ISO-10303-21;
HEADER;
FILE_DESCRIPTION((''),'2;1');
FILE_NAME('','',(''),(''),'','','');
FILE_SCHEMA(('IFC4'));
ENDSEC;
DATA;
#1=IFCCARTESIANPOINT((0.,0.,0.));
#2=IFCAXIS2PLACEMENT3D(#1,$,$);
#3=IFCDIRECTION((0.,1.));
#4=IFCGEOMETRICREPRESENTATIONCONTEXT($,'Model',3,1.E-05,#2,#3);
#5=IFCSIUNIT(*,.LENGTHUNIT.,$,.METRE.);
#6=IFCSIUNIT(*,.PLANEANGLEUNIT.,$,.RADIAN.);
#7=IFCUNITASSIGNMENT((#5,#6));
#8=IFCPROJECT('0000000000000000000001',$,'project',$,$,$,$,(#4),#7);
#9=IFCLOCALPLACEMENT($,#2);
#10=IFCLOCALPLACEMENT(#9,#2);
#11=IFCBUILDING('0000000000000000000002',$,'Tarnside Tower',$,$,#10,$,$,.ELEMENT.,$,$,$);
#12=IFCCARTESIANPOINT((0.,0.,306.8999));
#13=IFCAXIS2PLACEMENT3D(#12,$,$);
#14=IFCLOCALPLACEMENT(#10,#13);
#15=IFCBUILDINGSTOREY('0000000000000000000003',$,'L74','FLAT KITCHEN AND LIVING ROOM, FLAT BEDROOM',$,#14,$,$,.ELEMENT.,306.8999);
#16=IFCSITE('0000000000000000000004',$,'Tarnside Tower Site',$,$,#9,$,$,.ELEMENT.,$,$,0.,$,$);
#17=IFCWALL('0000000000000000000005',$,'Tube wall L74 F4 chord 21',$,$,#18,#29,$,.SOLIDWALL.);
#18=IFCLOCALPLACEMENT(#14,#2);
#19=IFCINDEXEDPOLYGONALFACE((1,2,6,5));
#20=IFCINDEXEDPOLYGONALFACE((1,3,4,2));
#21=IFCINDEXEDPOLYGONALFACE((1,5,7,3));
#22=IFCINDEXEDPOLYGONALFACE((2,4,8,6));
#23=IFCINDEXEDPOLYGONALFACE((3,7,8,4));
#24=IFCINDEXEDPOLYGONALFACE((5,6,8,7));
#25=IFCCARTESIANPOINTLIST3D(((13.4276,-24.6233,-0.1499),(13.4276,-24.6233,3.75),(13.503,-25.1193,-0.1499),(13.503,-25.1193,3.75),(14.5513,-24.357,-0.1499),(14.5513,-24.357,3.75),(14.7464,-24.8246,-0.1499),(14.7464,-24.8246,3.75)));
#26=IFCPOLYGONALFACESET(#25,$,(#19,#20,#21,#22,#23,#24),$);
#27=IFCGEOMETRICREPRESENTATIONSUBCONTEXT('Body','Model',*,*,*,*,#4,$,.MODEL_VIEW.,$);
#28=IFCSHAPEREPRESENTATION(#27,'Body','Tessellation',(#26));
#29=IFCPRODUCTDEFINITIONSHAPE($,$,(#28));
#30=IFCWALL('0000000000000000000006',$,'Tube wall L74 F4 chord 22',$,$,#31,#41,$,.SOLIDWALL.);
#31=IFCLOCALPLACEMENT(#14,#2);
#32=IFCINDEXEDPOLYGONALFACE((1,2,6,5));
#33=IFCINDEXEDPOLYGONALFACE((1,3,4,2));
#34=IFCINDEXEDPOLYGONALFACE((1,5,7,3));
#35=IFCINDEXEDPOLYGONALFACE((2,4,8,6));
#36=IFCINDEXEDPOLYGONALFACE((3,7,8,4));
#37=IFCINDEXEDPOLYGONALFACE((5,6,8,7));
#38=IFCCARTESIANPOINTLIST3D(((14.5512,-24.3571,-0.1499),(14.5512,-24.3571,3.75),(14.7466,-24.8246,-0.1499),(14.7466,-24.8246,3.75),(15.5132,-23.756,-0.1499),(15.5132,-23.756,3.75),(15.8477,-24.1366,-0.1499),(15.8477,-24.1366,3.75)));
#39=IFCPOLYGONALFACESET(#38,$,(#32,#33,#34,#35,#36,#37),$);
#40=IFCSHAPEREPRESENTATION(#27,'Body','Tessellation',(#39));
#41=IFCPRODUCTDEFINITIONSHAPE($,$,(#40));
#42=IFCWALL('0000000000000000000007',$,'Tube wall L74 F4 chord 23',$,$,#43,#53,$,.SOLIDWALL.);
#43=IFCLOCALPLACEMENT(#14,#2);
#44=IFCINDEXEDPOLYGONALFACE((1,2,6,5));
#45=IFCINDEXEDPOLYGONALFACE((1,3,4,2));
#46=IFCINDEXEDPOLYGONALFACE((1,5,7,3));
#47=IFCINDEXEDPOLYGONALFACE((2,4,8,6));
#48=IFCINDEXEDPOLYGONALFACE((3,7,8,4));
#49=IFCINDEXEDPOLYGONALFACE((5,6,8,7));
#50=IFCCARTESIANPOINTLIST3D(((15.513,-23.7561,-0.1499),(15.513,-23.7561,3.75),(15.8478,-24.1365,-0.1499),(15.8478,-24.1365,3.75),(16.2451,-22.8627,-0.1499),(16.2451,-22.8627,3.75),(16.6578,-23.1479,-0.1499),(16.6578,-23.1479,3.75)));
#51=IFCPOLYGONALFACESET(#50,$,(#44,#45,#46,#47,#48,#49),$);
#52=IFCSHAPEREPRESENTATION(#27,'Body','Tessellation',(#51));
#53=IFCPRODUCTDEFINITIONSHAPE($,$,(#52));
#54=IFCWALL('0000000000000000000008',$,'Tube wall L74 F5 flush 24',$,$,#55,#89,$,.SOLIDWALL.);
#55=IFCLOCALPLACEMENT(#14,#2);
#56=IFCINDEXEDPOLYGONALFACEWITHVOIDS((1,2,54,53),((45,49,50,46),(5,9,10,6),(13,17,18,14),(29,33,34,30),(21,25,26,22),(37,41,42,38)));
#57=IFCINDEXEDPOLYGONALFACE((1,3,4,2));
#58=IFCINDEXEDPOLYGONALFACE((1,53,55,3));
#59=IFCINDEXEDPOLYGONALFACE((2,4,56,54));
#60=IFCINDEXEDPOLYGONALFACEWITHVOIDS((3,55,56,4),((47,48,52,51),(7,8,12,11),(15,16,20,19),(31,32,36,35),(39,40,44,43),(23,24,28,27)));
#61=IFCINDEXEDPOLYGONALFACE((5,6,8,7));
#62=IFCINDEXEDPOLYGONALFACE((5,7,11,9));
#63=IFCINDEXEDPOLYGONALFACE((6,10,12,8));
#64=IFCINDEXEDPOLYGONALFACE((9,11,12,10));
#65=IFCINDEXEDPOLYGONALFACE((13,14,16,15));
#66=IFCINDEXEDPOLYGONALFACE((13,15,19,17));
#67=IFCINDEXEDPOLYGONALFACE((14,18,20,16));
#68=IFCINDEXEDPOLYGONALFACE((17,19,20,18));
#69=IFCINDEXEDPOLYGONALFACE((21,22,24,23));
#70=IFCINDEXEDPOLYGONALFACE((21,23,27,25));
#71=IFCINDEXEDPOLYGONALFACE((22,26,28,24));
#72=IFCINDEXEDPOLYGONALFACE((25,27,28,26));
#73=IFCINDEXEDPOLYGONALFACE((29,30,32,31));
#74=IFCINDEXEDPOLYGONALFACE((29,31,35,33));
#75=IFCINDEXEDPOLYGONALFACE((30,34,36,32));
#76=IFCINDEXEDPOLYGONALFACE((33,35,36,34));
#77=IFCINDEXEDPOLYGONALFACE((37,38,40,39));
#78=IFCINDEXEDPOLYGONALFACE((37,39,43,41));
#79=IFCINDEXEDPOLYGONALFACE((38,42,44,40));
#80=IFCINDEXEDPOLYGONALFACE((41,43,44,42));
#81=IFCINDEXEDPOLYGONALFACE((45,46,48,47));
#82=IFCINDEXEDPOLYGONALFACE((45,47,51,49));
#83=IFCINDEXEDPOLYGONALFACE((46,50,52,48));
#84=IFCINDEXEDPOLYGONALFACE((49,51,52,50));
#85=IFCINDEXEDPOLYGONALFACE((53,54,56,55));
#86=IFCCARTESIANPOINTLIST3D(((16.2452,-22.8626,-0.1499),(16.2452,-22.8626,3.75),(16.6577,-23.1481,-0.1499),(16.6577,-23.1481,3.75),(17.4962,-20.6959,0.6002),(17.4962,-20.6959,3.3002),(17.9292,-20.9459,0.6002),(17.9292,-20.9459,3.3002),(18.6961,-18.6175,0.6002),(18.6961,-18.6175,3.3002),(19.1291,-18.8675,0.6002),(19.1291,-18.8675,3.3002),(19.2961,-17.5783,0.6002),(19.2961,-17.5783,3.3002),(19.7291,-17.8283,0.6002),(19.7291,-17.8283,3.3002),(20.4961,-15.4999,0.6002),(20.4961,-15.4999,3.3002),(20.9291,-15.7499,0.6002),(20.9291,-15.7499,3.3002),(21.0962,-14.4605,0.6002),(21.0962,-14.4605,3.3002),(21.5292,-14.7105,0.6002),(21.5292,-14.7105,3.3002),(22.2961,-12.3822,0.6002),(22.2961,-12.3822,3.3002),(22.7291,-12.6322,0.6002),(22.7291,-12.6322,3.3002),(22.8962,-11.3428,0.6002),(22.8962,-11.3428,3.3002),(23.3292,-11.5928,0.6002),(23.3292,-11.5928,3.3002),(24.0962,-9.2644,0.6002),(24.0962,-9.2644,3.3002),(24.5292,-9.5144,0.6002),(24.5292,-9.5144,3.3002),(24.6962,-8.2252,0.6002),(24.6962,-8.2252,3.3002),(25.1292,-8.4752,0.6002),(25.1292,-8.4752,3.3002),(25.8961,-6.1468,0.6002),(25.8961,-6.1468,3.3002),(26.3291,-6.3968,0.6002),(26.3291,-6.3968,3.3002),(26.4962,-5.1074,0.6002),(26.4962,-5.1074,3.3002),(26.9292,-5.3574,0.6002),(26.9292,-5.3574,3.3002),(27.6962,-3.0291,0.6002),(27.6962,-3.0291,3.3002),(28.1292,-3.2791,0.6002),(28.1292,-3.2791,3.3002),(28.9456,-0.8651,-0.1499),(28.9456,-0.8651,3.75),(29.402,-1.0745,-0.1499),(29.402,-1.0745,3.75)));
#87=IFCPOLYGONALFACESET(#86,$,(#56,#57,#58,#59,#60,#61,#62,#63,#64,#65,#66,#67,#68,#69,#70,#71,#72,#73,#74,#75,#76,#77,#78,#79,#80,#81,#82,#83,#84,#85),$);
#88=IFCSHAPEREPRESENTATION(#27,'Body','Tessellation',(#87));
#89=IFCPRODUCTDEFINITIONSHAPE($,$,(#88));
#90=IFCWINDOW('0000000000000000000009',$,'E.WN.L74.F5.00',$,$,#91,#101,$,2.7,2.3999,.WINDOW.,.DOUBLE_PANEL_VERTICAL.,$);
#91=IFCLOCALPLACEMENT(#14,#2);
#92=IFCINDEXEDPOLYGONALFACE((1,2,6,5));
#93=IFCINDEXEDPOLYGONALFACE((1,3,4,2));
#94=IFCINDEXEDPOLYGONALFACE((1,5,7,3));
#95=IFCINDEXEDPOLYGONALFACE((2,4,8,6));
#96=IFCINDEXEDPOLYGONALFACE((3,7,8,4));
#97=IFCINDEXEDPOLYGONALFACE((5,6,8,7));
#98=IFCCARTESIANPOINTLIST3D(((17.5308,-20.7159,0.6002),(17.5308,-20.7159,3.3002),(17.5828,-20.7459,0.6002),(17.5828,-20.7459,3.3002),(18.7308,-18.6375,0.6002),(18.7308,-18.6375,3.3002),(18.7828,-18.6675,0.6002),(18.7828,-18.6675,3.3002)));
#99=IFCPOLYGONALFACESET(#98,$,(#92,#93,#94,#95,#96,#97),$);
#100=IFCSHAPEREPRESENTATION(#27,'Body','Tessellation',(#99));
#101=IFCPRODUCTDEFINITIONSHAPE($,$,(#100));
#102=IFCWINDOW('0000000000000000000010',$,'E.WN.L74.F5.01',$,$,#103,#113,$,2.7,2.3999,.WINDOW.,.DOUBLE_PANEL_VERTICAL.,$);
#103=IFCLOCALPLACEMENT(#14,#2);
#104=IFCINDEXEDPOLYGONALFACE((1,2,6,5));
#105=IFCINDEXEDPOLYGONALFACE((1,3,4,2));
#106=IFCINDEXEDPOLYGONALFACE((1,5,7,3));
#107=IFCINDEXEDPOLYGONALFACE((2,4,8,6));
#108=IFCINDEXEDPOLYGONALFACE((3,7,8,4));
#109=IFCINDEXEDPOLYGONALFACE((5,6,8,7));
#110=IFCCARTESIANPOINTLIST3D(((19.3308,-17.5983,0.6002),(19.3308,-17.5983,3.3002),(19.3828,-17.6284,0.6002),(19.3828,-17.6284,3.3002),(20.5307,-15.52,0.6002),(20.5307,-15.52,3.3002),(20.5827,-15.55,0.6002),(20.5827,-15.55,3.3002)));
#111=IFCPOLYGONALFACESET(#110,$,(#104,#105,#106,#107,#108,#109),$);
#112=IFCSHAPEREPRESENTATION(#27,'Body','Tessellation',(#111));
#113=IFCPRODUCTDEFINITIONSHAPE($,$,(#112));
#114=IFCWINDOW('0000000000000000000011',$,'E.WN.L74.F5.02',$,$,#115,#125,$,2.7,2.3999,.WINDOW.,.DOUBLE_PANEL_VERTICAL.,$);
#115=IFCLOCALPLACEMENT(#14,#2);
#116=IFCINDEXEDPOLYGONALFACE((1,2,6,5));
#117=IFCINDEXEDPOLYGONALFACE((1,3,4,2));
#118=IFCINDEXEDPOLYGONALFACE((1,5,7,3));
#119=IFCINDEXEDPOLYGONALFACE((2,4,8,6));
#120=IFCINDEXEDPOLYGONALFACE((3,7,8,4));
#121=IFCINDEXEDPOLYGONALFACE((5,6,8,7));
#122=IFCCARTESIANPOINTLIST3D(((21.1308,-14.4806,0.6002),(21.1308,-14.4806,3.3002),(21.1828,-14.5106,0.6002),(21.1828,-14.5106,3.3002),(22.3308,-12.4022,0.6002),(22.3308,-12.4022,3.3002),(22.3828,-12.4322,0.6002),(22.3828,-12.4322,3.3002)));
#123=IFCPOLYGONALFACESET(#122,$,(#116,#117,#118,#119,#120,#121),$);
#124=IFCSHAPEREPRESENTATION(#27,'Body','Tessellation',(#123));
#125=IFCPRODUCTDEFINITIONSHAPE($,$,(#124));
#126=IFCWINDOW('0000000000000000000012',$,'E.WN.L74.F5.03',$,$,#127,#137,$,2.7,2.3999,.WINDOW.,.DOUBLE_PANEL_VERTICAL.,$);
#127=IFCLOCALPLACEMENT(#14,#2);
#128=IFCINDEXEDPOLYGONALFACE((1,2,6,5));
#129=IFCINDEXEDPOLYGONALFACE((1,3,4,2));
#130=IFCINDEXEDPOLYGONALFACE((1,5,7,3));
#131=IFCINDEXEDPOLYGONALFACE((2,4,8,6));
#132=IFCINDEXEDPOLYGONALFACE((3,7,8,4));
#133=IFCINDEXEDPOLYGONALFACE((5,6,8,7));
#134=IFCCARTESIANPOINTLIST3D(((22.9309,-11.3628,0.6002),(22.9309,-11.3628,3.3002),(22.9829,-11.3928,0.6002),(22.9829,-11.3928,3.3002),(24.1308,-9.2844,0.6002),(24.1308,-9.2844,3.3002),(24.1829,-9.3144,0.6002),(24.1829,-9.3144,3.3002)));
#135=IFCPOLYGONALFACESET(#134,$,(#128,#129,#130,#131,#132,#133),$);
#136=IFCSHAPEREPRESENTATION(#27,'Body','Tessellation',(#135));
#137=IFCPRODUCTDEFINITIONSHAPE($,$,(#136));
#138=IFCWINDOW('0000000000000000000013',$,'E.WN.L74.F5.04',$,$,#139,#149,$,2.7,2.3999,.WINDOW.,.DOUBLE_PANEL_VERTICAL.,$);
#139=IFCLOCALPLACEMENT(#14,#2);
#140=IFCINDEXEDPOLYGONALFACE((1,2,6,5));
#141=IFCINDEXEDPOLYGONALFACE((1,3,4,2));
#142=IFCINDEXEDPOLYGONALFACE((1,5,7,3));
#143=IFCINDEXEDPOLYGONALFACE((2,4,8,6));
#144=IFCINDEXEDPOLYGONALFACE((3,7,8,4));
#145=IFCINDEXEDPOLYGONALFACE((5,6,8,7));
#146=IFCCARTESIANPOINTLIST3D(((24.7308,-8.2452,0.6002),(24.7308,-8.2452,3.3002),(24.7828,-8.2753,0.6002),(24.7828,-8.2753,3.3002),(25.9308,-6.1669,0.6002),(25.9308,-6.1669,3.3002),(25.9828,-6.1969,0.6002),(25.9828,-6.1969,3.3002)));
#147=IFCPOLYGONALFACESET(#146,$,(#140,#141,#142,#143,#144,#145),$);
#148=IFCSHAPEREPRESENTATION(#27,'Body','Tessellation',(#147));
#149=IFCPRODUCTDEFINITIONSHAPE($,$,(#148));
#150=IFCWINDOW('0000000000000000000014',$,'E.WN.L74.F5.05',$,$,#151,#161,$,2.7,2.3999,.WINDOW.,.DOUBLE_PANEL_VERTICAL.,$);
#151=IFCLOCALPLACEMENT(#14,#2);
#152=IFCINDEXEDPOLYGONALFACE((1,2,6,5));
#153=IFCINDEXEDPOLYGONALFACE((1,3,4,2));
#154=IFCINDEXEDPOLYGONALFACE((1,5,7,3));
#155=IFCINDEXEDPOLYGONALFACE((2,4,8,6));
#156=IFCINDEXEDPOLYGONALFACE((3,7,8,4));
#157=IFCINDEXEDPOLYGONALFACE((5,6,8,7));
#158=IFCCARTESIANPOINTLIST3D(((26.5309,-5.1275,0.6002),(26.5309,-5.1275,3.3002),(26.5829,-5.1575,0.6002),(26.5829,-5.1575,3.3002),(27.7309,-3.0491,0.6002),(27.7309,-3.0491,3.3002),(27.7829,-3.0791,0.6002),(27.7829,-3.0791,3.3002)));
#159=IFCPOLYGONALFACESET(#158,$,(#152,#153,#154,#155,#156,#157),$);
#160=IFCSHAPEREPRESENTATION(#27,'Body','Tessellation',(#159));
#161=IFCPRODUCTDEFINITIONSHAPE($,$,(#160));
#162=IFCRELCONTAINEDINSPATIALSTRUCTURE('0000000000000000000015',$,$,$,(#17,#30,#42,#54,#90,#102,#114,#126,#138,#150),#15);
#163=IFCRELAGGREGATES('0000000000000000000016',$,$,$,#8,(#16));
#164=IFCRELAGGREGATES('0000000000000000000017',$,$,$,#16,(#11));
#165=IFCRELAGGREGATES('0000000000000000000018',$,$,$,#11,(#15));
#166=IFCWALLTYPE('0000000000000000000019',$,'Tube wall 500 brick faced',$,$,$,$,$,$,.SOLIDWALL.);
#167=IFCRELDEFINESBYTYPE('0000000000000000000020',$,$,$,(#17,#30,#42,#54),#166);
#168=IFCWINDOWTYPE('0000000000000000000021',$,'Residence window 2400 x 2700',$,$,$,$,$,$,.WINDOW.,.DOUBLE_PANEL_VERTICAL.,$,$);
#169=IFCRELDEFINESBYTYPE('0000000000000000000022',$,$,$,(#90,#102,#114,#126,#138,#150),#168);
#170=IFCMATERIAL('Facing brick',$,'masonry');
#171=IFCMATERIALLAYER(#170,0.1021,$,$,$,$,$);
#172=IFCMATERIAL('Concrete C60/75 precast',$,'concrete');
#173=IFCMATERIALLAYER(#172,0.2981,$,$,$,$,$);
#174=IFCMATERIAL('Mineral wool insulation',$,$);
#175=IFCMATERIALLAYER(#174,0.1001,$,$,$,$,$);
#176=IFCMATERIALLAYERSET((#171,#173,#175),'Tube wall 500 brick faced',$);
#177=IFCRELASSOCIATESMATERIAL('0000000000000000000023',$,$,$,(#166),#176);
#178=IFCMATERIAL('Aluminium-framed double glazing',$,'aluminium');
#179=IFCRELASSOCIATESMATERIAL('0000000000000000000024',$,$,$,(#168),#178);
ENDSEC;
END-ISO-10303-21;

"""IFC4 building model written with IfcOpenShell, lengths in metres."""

from ifc_helpers import new_model, si_unit, direction, frame, frame_2d, origin, place, context, subcontext, project, spatial, polyline, rectangle, outline, extrude, material, layer, layer_set, type_object, element, fill, save


model = new_model("IFC4")

# Units and contexts
model_context = context("Model", 3, precision=1e-05, world=origin(), true_north=direction((0.0, 1.0)))
body_context = subcontext(model_context, "Body", "Model", "MODEL_VIEW")
ifc_project = project(units=[si_unit("LENGTHUNIT", "METRE"), si_unit("PLANEANGLEUNIT", "RADIAN")], contexts=[model_context])

# Site, building, storey
site_placement = place(None, origin())
site = spatial("IfcSite", under=ifc_project, at=site_placement, Name="Tarnside Tower Site", CompositionType="ELEMENT", RefElevation=0.0)
building_placement = place(site_placement, origin())
building = spatial("IfcBuilding", under=site, at=building_placement, Name="Tarnside Tower", CompositionType="ELEMENT")
storey_placement = place(building_placement, frame((0.0, 0.0, 306.8999)))
storey = spatial("IfcBuildingStorey", under=building, at=storey_placement, Name="L74", Description="FLAT KITCHEN AND LIVING ROOM, FLAT BEDROOM", CompositionType="ELEMENT", Elevation=306.8999)

# Walls
ifc_material_1 = material(Name="Facing brick", Category="masonry")
ifc_layer_1 = layer(ifc_material_1, 0.1021)
ifc_material_2 = material(Name="Concrete C60/75 precast", Category="concrete")
ifc_layer_2 = layer(ifc_material_2, 0.2981)
ifc_material_3 = material(Name="Mineral wool insulation")
ifc_layer_3 = layer(ifc_material_3, 0.1001)
ifc_layer_set_1 = layer_set([ifc_layer_1, ifc_layer_2, ifc_layer_3], Name="Tube wall 500 brick faced")
wall_type_1 = type_object("IfcWallType", Name="Tube wall 500 brick faced", PredefinedType="SOLIDWALL", material=ifc_layer_set_1)
wall_1_placement = place(storey_placement, frame((13.4653, -24.8713, -0.1499), z_axis=(0.0, 0.0, 1.0), x_axis=(0.973045, 0.230616, 0.0)))
element("IfcWall", 1, at=wall_1_placement, inside=storey, type_object=wall_type_1, Name="Tube wall L74 F4 chord 21", PredefinedType="SOLIDWALL", context=body_context, shape_type="SweptSolid", body=[
    extrude(outline(polyline([(-0.0205, -0.25), (1.2573, -0.25), (1.1753, 0.25), (0.0205, 0.25), (-0.0205, -0.25)])), origin(), (0.0, 0.0, 1.0), 3.8999),
])
wall_2_placement = place(storey_placement, frame((14.6489, -24.5908, -0.1499), z_axis=(0.0, 0.0, 1.0), x_axis=(0.848055, 0.529909, 0.0)))
element("IfcWall", 2, at=wall_2_placement, inside=storey, type_object=wall_type_1, Name="Tube wall L74 F4 chord 22", PredefinedType="SOLIDWALL", context=body_context, shape_type="SweptSolid", body=[
    extrude(outline(polyline([(-0.041, -0.25), (1.2573, -0.25), (1.1753, 0.25), (0.041, 0.25), (-0.041, -0.25)])), origin(), (0.0, 0.0, 1.0), 3.8999),
])
wall_3_placement = place(storey_placement, frame((15.6804, -23.9463, -0.1499), z_axis=(0.0, 0.0, 1.0), x_axis=(0.633806, 0.773492, 0.0)))
element("IfcWall", 3, at=wall_3_placement, inside=storey, type_object=wall_type_1, Name="Tube wall L74 F4 chord 23", PredefinedType="SOLIDWALL", context=body_context, shape_type="SweptSolid", body=[
    extrude(outline(polyline([(-0.041, -0.25), (1.2371, -0.25), (1.196, 0.25), (0.041, 0.25), (-0.041, -0.25)])), origin(), (0.0, 0.0, 1.0), 3.8999),
])

# Wall, openings, windows
wall_4_placement = place(storey_placement, frame((16.4514, -23.0054, -0.1499), z_axis=(0.0, 0.0, 1.0), x_axis=(0.500004, 0.866023, 0.0)))
wall_4 = element("IfcWall", 4, at=wall_4_placement, inside=storey, type_object=wall_type_1, Name="Tube wall L74 F5 flush 24", PredefinedType="SOLIDWALL", context=body_context, shape_type="SweptSolid", body=[
    extrude(outline(polyline([(-0.0205, -0.25), (25.468, -0.25), (25.4211, 0.25), (0.0205, 0.25), (-0.0205, -0.25)])), origin(), (0.0, 0.0, 1.0), 3.8999),
])
opening_1_placement = place(wall_4_placement, frame((2.5225, 0.0, 0.75)))
opening_1 = element("IfcOpeningElement", 5, at=opening_1_placement, cuts=wall_4, PredefinedType="OPENING", context=body_context, shape_type="SweptSolid", body=[
    extrude(rectangle(XDim=2.3999, YDim=2.7, at=frame_2d((1.2, 1.3501))), frame((0.0, 0.26, 0.0), z_axis=(0.0, -1.0, 0.0), x_axis=(1.0, 0.0, 0.0)), (0.0, 0.0, 1.0), 0.52),
])
opening_2_placement = place(wall_4_placement, frame((6.1223, 0.0, 0.75)))
opening_2 = element("IfcOpeningElement", 6, at=opening_2_placement, cuts=wall_4, PredefinedType="OPENING", context=body_context, shape_type="SweptSolid", body=[
    extrude(rectangle(XDim=2.3999, YDim=2.7, at=frame_2d((1.2, 1.3501))), frame((0.0, 0.26, 0.0), z_axis=(0.0, -1.0, 0.0), x_axis=(1.0, 0.0, 0.0)), (0.0, 0.0, 1.0), 0.52),
])
opening_3_placement = place(wall_4_placement, frame((9.7224, 0.0, 0.75)))
opening_3 = element("IfcOpeningElement", 7, at=opening_3_placement, cuts=wall_4, PredefinedType="OPENING", context=body_context, shape_type="SweptSolid", body=[
    extrude(rectangle(XDim=2.3999, YDim=2.7, at=frame_2d((1.2, 1.3501))), frame((0.0, 0.26, 0.0), z_axis=(0.0, -1.0, 0.0), x_axis=(1.0, 0.0, 0.0)), (0.0, 0.0, 1.0), 0.52),
])
opening_4_placement = place(wall_4_placement, frame((13.3225, 0.0, 0.75)))
opening_4 = element("IfcOpeningElement", 8, at=opening_4_placement, cuts=wall_4, PredefinedType="OPENING", context=body_context, shape_type="SweptSolid", body=[
    extrude(rectangle(XDim=2.3999, YDim=2.7, at=frame_2d((1.2, 1.3501))), frame((0.0, 0.26, 0.0), z_axis=(0.0, -1.0, 0.0), x_axis=(1.0, 0.0, 0.0)), (0.0, 0.0, 1.0), 0.52),
])
opening_5_placement = place(wall_4_placement, frame((16.9224, 0.0, 0.75)))
opening_5 = element("IfcOpeningElement", 9, at=opening_5_placement, cuts=wall_4, PredefinedType="OPENING", context=body_context, shape_type="SweptSolid", body=[
    extrude(rectangle(XDim=2.3999, YDim=2.7, at=frame_2d((1.2, 1.3501))), frame((0.0, 0.26, 0.0), z_axis=(0.0, -1.0, 0.0), x_axis=(1.0, 0.0, 0.0)), (0.0, 0.0, 1.0), 0.52),
])
opening_6_placement = place(wall_4_placement, frame((20.5225, 0.0, 0.75)))
opening_6 = element("IfcOpeningElement", 10, at=opening_6_placement, cuts=wall_4, PredefinedType="OPENING", context=body_context, shape_type="SweptSolid", body=[
    extrude(rectangle(XDim=2.3999, YDim=2.7, at=frame_2d((1.2, 1.3501))), frame((0.0, 0.26, 0.0), z_axis=(0.0, -1.0, 0.0), x_axis=(1.0, 0.0, 0.0)), (0.0, 0.0, 1.0), 0.52),
])
ifc_material_4 = material(Name="Aluminium-framed double glazing", Category="aluminium")
window_type = type_object("IfcWindowType", Name="Residence window 2400 x 2700", PartitioningType="DOUBLE_PANEL_VERTICAL", PredefinedType="WINDOW", material=ifc_material_4)
window_1_placement = place(opening_1_placement, frame((0.0, 0.1799, 0.0)))
window_1 = element("IfcWindow", 11, at=window_1_placement, inside=storey, type_object=window_type, Name="E.WN.L74.F5.00", OverallHeight=2.7, OverallWidth=2.3999, PartitioningType="DOUBLE_PANEL_VERTICAL", PredefinedType="WINDOW", context=body_context, shape_type="SweptSolid", body=[
    extrude(rectangle(XDim=2.3999, YDim=2.7, at=frame_2d((1.2, 1.3501))), frame((0.0, 0.03, 0.0), z_axis=(0.0, -1.0, 0.0), x_axis=(1.0, 0.0, 0.0)), (0.0, 0.0, 1.0), 0.0601),
])
fill(opening_1, window_1)
window_2_placement = place(opening_2_placement, frame((0.0, 0.1799, 0.0)))
window_2 = element("IfcWindow", 12, at=window_2_placement, inside=storey, type_object=window_type, Name="E.WN.L74.F5.01", OverallHeight=2.7, OverallWidth=2.3999, PartitioningType="DOUBLE_PANEL_VERTICAL", PredefinedType="WINDOW", context=body_context, shape_type="SweptSolid", body=[
    extrude(rectangle(XDim=2.3999, YDim=2.7, at=frame_2d((1.2, 1.3501))), frame((0.0, 0.03, 0.0), z_axis=(0.0, -1.0, 0.0), x_axis=(1.0, 0.0, 0.0)), (0.0, 0.0, 1.0), 0.0601),
])
fill(opening_2, window_2)
window_3_placement = place(opening_3_placement, frame((0.0, 0.1799, 0.0)))
window_3 = element("IfcWindow", 13, at=window_3_placement, inside=storey, type_object=window_type, Name="E.WN.L74.F5.02", OverallHeight=2.7, OverallWidth=2.3999, PartitioningType="DOUBLE_PANEL_VERTICAL", PredefinedType="WINDOW", context=body_context, shape_type="SweptSolid", body=[
    extrude(rectangle(XDim=2.3999, YDim=2.7, at=frame_2d((1.2, 1.3501))), frame((0.0, 0.03, 0.0), z_axis=(0.0, -1.0, 0.0), x_axis=(1.0, 0.0, 0.0)), (0.0, 0.0, 1.0), 0.0601),
])
fill(opening_3, window_3)
window_4_placement = place(opening_4_placement, frame((0.0, 0.1799, 0.0)))
window_4 = element("IfcWindow", 14, at=window_4_placement, inside=storey, type_object=window_type, Name="E.WN.L74.F5.03", OverallHeight=2.7, OverallWidth=2.3999, PartitioningType="DOUBLE_PANEL_VERTICAL", PredefinedType="WINDOW", context=body_context, shape_type="SweptSolid", body=[
    extrude(rectangle(XDim=2.3999, YDim=2.7, at=frame_2d((1.2, 1.3501))), frame((0.0, 0.03, 0.0), z_axis=(0.0, -1.0, 0.0), x_axis=(1.0, 0.0, 0.0)), (0.0, 0.0, 1.0), 0.0601),
])
fill(opening_4, window_4)
window_5_placement = place(opening_5_placement, frame((0.0, 0.1799, 0.0)))
window_5 = element("IfcWindow", 15, at=window_5_placement, inside=storey, type_object=window_type, Name="E.WN.L74.F5.04", OverallHeight=2.7, OverallWidth=2.3999, PartitioningType="DOUBLE_PANEL_VERTICAL", PredefinedType="WINDOW", context=body_context, shape_type="SweptSolid", body=[
    extrude(rectangle(XDim=2.3999, YDim=2.7, at=frame_2d((1.2, 1.3501))), frame((0.0, 0.03, 0.0), z_axis=(0.0, -1.0, 0.0), x_axis=(1.0, 0.0, 0.0)), (0.0, 0.0, 1.0), 0.0601),
])
fill(opening_5, window_5)
window_6_placement = place(opening_6_placement, frame((0.0, 0.1799, 0.0)))
window_6 = element("IfcWindow", 16, at=window_6_placement, inside=storey, type_object=window_type, Name="E.WN.L74.F5.05", OverallHeight=2.7, OverallWidth=2.3999, PartitioningType="DOUBLE_PANEL_VERTICAL", PredefinedType="WINDOW", context=body_context, shape_type="SweptSolid", body=[
    extrude(rectangle(XDim=2.3999, YDim=2.7, at=frame_2d((1.2, 1.3501))), frame((0.0, 0.03, 0.0), z_axis=(0.0, -1.0, 0.0), x_axis=(1.0, 0.0, 0.0)), (0.0, 0.0, 1.0), 0.0601),
])
fill(opening_6, window_6)

save(model, "model.ifc")
